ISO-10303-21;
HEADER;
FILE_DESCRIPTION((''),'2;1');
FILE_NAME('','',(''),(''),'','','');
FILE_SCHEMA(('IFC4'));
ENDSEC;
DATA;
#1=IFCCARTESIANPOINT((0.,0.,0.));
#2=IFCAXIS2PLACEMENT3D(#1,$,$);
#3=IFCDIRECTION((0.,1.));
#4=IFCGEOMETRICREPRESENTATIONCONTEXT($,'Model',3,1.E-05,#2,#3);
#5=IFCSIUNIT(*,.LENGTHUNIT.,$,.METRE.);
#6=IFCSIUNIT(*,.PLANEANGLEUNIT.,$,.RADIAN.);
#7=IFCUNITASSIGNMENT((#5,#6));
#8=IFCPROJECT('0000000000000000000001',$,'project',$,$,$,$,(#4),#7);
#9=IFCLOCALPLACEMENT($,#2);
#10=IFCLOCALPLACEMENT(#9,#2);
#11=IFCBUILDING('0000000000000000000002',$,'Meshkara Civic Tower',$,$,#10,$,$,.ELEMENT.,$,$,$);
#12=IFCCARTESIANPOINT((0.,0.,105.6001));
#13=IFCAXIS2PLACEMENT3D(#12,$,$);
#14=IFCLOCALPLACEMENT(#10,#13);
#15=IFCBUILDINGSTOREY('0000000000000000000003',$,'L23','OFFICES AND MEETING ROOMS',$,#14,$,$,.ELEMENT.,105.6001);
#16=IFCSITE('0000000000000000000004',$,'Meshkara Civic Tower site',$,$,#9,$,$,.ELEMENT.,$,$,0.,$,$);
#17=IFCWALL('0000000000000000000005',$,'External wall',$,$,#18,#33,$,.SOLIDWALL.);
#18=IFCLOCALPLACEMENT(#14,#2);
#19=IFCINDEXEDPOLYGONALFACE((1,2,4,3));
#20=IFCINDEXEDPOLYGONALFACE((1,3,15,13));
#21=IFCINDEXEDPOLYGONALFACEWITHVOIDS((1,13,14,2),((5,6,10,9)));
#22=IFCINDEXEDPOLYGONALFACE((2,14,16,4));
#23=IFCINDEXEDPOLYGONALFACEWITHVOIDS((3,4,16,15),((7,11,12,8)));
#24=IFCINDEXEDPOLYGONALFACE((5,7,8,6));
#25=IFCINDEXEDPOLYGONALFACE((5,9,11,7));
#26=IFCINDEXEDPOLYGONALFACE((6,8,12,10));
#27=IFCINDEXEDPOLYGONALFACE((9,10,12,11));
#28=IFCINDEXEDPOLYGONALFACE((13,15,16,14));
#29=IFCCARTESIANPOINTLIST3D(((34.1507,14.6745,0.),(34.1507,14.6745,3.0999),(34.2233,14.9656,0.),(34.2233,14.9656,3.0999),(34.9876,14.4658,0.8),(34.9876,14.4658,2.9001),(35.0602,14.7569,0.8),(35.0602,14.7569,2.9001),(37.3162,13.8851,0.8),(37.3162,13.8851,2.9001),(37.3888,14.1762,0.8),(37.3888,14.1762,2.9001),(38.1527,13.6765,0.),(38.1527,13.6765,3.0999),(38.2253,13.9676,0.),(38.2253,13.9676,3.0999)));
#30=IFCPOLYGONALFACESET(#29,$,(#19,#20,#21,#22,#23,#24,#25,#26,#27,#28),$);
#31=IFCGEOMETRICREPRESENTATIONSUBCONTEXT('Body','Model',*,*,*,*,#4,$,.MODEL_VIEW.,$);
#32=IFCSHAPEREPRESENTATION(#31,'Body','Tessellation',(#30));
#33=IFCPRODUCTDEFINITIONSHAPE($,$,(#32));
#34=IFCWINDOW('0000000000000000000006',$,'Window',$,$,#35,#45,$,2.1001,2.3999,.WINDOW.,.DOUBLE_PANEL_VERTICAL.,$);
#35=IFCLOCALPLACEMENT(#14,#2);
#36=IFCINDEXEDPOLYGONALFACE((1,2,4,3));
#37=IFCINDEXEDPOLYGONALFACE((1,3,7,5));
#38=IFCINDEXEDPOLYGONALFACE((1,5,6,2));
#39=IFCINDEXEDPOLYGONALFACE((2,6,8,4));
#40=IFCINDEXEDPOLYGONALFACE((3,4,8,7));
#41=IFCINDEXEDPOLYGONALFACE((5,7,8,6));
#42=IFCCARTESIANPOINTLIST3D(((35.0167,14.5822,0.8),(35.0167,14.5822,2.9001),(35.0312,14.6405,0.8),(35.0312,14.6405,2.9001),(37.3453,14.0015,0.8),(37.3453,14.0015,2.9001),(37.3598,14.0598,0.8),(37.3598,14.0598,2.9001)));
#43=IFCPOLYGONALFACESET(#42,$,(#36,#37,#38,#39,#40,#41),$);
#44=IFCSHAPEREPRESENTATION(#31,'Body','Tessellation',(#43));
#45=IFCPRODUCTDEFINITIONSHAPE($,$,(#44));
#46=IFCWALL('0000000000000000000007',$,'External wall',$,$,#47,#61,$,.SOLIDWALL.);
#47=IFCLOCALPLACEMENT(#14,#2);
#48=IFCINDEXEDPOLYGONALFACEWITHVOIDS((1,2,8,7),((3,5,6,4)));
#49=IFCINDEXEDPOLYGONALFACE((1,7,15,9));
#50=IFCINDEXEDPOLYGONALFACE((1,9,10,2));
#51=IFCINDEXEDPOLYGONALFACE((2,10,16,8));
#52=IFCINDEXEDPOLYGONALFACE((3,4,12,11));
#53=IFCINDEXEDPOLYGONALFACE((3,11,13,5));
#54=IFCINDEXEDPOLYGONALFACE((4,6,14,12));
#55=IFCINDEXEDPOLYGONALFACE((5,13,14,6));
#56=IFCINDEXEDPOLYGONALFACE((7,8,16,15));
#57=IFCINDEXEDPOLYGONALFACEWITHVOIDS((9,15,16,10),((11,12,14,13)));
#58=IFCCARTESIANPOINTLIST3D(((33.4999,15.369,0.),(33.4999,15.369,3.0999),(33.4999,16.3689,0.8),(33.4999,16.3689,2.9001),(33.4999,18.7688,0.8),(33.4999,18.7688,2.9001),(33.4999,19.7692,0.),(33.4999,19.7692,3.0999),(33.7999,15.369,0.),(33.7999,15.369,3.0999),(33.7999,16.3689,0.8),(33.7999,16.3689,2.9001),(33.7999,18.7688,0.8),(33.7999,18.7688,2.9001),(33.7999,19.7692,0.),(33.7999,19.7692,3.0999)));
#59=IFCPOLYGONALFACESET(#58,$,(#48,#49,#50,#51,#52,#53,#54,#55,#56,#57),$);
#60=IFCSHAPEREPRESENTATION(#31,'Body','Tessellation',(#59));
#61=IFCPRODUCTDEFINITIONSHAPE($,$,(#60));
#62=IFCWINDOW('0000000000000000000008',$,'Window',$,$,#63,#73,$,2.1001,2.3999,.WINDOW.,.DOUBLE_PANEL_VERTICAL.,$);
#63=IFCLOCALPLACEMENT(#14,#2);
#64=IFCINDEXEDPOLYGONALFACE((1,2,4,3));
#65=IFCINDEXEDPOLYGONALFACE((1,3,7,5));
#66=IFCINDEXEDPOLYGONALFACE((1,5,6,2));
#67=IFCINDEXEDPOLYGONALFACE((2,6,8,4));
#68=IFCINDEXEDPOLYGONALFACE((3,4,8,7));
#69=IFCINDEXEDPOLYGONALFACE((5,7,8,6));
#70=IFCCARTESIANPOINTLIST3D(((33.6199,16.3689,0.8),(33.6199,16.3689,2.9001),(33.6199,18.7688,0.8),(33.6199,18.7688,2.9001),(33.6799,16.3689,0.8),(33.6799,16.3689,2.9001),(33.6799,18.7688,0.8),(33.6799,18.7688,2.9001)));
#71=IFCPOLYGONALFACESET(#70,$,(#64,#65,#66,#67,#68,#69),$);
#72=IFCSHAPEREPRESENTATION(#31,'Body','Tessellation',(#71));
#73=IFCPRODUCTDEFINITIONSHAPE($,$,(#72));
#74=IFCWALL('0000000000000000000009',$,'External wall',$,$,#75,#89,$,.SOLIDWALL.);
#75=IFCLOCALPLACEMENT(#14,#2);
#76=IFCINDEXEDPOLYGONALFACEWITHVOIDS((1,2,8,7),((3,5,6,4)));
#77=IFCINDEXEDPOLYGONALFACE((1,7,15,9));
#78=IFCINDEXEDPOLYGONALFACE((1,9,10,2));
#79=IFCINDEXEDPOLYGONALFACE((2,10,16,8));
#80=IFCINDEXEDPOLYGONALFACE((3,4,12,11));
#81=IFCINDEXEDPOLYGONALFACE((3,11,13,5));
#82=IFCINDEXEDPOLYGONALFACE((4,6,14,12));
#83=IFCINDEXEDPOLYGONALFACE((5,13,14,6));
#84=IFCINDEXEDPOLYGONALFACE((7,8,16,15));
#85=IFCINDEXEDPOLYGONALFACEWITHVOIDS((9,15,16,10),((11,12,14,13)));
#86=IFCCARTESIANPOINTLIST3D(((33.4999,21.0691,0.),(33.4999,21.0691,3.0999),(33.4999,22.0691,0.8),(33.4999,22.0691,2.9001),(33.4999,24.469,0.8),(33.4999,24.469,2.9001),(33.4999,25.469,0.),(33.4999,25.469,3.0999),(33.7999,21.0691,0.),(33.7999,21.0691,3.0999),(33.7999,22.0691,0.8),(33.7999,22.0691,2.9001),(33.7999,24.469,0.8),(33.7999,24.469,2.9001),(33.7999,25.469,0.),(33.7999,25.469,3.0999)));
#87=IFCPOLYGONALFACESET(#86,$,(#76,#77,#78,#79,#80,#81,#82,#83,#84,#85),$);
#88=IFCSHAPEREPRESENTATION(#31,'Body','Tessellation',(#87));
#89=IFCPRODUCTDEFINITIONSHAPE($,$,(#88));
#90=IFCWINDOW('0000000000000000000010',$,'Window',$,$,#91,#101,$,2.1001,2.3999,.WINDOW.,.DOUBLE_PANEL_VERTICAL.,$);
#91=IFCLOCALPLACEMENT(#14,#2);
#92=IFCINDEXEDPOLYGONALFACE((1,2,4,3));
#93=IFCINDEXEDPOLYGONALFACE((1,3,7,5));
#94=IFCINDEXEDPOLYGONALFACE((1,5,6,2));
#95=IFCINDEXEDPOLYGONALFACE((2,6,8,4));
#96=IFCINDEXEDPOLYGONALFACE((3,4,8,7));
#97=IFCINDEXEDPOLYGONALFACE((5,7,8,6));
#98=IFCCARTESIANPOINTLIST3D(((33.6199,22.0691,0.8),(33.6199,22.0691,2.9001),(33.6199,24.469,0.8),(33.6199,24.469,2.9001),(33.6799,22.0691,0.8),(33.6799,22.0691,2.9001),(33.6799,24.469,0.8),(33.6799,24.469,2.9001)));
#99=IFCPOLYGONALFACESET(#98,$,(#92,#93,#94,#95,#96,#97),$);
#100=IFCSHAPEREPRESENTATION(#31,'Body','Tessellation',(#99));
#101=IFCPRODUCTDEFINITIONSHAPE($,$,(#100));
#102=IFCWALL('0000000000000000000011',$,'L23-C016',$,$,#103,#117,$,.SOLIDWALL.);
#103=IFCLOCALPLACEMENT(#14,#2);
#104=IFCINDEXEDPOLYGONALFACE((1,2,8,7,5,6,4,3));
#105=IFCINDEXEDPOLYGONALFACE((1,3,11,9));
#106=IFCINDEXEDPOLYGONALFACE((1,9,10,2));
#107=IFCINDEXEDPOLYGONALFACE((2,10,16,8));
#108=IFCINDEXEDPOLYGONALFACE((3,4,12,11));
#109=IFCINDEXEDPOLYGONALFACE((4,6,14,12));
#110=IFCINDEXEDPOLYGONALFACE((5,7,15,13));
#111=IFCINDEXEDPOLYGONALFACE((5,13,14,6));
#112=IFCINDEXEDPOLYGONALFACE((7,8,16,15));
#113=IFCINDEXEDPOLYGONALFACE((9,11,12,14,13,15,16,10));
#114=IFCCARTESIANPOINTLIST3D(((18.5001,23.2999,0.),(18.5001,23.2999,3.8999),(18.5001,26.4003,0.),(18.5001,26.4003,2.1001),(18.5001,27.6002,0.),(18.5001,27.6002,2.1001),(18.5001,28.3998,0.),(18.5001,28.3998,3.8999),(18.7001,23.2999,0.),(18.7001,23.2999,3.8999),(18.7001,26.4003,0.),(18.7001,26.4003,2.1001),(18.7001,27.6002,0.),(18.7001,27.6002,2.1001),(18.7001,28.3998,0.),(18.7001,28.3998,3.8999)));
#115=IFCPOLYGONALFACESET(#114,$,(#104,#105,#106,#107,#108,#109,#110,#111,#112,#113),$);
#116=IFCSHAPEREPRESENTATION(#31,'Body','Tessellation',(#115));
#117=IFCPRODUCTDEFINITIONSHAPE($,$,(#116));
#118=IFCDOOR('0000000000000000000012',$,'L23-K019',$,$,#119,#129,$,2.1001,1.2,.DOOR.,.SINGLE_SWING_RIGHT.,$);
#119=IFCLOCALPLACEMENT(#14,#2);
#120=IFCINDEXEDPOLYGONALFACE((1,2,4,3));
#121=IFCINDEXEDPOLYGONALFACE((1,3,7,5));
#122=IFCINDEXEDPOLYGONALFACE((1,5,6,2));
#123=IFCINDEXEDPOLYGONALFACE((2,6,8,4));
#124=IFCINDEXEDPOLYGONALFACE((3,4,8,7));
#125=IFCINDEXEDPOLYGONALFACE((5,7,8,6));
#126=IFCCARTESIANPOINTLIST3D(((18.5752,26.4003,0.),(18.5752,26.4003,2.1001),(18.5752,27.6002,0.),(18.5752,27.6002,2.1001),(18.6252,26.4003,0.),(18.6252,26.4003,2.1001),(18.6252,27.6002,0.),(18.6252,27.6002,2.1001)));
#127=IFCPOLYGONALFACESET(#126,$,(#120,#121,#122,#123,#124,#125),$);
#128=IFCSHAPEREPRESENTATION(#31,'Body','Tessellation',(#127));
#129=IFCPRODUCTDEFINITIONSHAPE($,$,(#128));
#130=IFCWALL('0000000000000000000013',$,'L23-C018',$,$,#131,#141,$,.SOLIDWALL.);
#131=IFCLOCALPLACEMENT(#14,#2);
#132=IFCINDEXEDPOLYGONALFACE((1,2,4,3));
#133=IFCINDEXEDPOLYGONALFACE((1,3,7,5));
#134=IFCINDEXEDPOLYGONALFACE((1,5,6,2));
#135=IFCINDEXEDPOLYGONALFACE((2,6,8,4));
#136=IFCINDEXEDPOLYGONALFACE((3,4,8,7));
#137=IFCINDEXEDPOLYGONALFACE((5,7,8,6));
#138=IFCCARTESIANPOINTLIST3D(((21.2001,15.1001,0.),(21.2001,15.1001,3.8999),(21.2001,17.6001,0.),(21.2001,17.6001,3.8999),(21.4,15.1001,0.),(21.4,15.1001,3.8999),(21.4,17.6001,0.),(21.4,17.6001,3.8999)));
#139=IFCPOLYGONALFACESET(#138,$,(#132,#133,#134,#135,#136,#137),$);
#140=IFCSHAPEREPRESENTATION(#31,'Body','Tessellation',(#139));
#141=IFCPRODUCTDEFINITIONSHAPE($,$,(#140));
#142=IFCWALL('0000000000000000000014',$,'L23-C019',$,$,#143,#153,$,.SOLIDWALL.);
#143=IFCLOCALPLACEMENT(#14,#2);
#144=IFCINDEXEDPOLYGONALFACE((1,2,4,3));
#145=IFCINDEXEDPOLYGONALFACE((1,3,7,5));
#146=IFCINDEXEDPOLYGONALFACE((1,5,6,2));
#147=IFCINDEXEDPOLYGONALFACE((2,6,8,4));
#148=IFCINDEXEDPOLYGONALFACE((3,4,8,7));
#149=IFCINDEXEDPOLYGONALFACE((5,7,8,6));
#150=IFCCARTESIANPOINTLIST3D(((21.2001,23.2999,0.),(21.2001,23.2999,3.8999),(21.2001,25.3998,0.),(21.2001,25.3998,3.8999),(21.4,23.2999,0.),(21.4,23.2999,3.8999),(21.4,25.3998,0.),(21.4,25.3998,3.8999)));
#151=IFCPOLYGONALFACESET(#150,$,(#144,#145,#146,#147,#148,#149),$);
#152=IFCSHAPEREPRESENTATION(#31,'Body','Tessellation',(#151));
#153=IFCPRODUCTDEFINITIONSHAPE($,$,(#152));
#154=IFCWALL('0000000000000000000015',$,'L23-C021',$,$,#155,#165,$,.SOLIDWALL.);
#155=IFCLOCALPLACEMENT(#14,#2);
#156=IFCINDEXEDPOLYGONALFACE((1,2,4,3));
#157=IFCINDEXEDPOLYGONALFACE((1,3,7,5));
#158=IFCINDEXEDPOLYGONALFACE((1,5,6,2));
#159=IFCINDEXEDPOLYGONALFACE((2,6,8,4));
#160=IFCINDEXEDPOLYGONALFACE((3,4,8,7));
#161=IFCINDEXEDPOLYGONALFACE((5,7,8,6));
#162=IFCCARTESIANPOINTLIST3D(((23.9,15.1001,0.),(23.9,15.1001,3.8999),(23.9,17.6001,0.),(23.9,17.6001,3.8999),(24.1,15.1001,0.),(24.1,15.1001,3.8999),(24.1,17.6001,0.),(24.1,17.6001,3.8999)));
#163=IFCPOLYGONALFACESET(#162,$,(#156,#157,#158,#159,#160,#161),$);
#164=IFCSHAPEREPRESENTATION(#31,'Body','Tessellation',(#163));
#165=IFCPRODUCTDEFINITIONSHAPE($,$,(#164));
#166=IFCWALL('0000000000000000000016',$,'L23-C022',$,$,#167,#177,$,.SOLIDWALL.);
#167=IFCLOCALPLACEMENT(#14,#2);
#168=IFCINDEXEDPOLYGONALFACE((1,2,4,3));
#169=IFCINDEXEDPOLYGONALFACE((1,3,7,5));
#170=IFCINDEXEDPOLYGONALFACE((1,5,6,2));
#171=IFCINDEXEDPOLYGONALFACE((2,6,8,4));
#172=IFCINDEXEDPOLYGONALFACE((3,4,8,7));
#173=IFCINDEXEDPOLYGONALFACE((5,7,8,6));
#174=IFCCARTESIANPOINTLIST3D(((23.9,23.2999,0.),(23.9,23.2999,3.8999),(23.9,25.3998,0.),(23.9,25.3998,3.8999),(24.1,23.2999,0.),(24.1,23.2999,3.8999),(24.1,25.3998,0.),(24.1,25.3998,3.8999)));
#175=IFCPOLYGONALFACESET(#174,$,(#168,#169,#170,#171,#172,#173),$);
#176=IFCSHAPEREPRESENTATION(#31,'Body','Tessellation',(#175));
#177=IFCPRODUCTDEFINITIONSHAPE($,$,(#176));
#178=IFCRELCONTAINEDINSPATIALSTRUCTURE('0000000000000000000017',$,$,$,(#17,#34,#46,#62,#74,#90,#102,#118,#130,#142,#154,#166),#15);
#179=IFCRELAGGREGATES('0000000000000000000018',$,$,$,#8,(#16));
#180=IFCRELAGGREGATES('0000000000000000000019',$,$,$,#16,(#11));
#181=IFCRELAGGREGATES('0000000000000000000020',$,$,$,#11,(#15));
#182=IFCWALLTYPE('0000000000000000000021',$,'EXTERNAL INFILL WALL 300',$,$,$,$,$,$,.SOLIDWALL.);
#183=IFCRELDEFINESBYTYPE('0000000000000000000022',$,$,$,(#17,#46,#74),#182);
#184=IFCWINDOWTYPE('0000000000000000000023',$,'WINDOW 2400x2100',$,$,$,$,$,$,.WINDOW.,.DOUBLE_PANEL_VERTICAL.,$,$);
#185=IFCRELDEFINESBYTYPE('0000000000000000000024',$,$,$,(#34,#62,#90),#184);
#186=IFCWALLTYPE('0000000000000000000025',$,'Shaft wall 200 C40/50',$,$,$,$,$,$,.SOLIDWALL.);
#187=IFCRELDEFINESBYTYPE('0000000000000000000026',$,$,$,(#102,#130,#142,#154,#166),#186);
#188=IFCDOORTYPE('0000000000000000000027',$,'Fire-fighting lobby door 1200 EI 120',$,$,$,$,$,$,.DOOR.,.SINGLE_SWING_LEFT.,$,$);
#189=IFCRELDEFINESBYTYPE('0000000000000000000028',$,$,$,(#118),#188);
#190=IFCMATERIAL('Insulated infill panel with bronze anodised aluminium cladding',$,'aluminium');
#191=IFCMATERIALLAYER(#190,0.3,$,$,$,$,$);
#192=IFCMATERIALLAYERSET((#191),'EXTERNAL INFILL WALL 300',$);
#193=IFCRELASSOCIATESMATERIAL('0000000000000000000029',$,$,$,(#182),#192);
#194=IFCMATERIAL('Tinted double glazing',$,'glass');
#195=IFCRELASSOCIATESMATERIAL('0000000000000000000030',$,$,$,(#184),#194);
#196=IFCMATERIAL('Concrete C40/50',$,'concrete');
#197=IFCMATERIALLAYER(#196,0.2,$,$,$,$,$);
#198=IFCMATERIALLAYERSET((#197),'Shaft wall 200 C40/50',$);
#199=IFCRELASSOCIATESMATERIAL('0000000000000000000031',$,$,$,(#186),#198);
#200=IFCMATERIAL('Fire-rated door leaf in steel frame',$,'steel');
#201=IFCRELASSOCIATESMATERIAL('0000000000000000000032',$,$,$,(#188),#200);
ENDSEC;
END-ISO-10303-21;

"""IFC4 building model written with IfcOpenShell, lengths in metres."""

from ifc_helpers import new_model, si_unit, direction, frame, frame_2d, origin, place, context, subcontext, project, spatial, rectangle, extrude, material, layer, layer_set, type_object, element, fill, save


model = new_model("IFC4")

# Units and contexts
model_context = context("Model", 3, precision=1e-05, world=origin(), true_north=direction((0.0, 1.0)))
body_context = subcontext(model_context, "Body", "Model", "MODEL_VIEW")
ifc_project = project(units=[si_unit("LENGTHUNIT", "METRE"), si_unit("PLANEANGLEUNIT", "RADIAN")], contexts=[model_context])

# Site, building, storey
site_placement = place(None, origin())
site = spatial("IfcSite", under=ifc_project, at=site_placement, Name="Meshkara Civic Tower site", CompositionType="ELEMENT", RefElevation=0.0)
building_placement = place(site_placement, origin())
building = spatial("IfcBuilding", under=site, at=building_placement, Name="Meshkara Civic Tower", CompositionType="ELEMENT")
storey_placement = place(building_placement, frame((0.0, 0.0, 105.6001)))
storey = spatial("IfcBuildingStorey", under=building, at=storey_placement, Name="L23", Description="OFFICES AND MEETING ROOMS", CompositionType="ELEMENT", Elevation=105.6001)

# Walls, openings, windows
ifc_material_1 = material(Name="Insulated infill panel with bronze anodised aluminium cladding", Category="aluminium")
ifc_layer_1 = layer(ifc_material_1, 0.3)
ifc_layer_set_1 = layer_set([ifc_layer_1], Name="EXTERNAL INFILL WALL 300")
wall_type_1 = type_object("IfcWallType", Name="EXTERNAL INFILL WALL 300", PredefinedType="SOLIDWALL", material=ifc_layer_set_1)
wall_1_placement = place(storey_placement, frame((38.189, 13.822, 0.0), z_axis=(0.0, 0.0, 1.0), x_axis=(-0.970282, 0.241978, 0.0)))
wall_1 = element("IfcWall", 1, at=wall_1_placement, inside=storey, type_object=wall_type_1, Name="External wall", PredefinedType="SOLIDWALL", context=body_context, shape_type="SweptSolid", body=[
    extrude(rectangle(XDim=4.1245, YDim=0.3, at=frame_2d((2.0623, 0.0))), origin(), (0.0, 0.0, 1.0), 3.0999),
])
opening_1_placement = place(wall_1_placement, frame((0.8621, 0.0, 0.8)))
opening_1 = element("IfcOpeningElement", 2, at=opening_1_placement, cuts=wall_1, PredefinedType="OPENING", context=body_context, shape_type="SweptSolid", body=[
    extrude(rectangle(XDim=2.3999, YDim=2.1001, at=frame_2d((1.2, 1.05))), frame((0.0, 0.1599, 0.0), z_axis=(0.0, -1.0, 0.0), x_axis=(1.0, 0.0, 0.0)), (0.0, 0.0, 1.0), 0.3201),
])
ifc_material_2 = material(Name="Tinted double glazing", Category="glass")
window_type = type_object("IfcWindowType", Name="WINDOW 2400x2100", PartitioningType="DOUBLE_PANEL_VERTICAL", PredefinedType="WINDOW", material=ifc_material_2)
window_1_placement = place(opening_1_placement, origin())
window_1 = element("IfcWindow", 3, at=window_1_placement, inside=storey, type_object=window_type, Name="Window", OverallHeight=2.1001, OverallWidth=2.3999, PartitioningType="DOUBLE_PANEL_VERTICAL", PredefinedType="WINDOW", context=body_context, shape_type="SweptSolid", body=[
    extrude(rectangle(XDim=2.3999, YDim=2.1001, at=frame_2d((1.2, 1.05))), frame((0.0, 0.03, 0.0), z_axis=(0.0, -1.0, 0.0), x_axis=(1.0, 0.0, 0.0)), (0.0, 0.0, 1.0), 0.0601),
])
fill(opening_1, window_1)
wall_2_placement = place(storey_placement, frame((33.6499, 15.3689, 0.0), z_axis=(0.0, 0.0, 1.0), x_axis=(0.0, 1.0, 0.0)))
wall_2 = element("IfcWall", 4, at=wall_2_placement, inside=storey, type_object=wall_type_1, Name="External wall", PredefinedType="SOLIDWALL", context=body_context, shape_type="SweptSolid", body=[
    extrude(rectangle(XDim=4.4001, YDim=0.3, at=frame_2d((2.2002, 0.0))), origin(), (0.0, 0.0, 1.0), 3.0999),
])
opening_2_placement = place(wall_2_placement, frame((1.0, 0.0, 0.8)))
opening_2 = element("IfcOpeningElement", 5, at=opening_2_placement, cuts=wall_2, PredefinedType="OPENING", context=body_context, shape_type="SweptSolid", body=[
    extrude(rectangle(XDim=2.3999, YDim=2.1001, at=frame_2d((1.2, 1.05))), frame((0.0, 0.1599, 0.0), z_axis=(0.0, -1.0, 0.0), x_axis=(1.0, 0.0, 0.0)), (0.0, 0.0, 1.0), 0.3201),
])
window_2_placement = place(opening_2_placement, origin())
window_2 = element("IfcWindow", 6, at=window_2_placement, inside=storey, type_object=window_type, Name="Window", OverallHeight=2.1001, OverallWidth=2.3999, PartitioningType="DOUBLE_PANEL_VERTICAL", PredefinedType="WINDOW", context=body_context, shape_type="SweptSolid", body=[
    extrude(rectangle(XDim=2.3999, YDim=2.1001, at=frame_2d((1.2, 1.05))), frame((0.0, 0.03, 0.0), z_axis=(0.0, -1.0, 0.0), x_axis=(1.0, 0.0, 0.0)), (0.0, 0.0, 1.0), 0.0601),
])
fill(opening_2, window_2)
wall_3_placement = place(storey_placement, frame((33.6499, 21.0691, 0.0), z_axis=(0.0, 0.0, 1.0), x_axis=(0.0, 1.0, 0.0)))
wall_3 = element("IfcWall", 7, at=wall_3_placement, inside=storey, type_object=wall_type_1, Name="External wall", PredefinedType="SOLIDWALL", context=body_context, shape_type="SweptSolid", body=[
    extrude(rectangle(XDim=4.3999, YDim=0.3, at=frame_2d((2.2, 0.0))), origin(), (0.0, 0.0, 1.0), 3.0999),
])
opening_3_placement = place(wall_3_placement, frame((1.0, 0.0, 0.8)))
opening_3 = element("IfcOpeningElement", 8, at=opening_3_placement, cuts=wall_3, PredefinedType="OPENING", context=body_context, shape_type="SweptSolid", body=[
    extrude(rectangle(XDim=2.3999, YDim=2.1001, at=frame_2d((1.2, 1.05))), frame((0.0, 0.1599, 0.0), z_axis=(0.0, -1.0, 0.0), x_axis=(1.0, 0.0, 0.0)), (0.0, 0.0, 1.0), 0.3201),
])
window_3_placement = place(opening_3_placement, origin())
window_3 = element("IfcWindow", 9, at=window_3_placement, inside=storey, type_object=window_type, Name="Window", OverallHeight=2.1001, OverallWidth=2.3999, PartitioningType="DOUBLE_PANEL_VERTICAL", PredefinedType="WINDOW", context=body_context, shape_type="SweptSolid", body=[
    extrude(rectangle(XDim=2.3999, YDim=2.1001, at=frame_2d((1.2, 1.05))), frame((0.0, 0.03, 0.0), z_axis=(0.0, -1.0, 0.0), x_axis=(1.0, 0.0, 0.0)), (0.0, 0.0, 1.0), 0.0601),
])
fill(opening_3, window_3)

# Wall, opening, door
ifc_material_3 = material(Name="Concrete C40/50", Category="concrete")
ifc_layer_2 = layer(ifc_material_3, 0.2)
ifc_layer_set_2 = layer_set([ifc_layer_2], Name="Shaft wall 200 C40/50")
wall_type_2 = type_object("IfcWallType", Name="Shaft wall 200 C40/50", PredefinedType="SOLIDWALL", material=ifc_layer_set_2)
wall_4_placement = place(storey_placement, frame((18.6001, 23.3, 0.0), z_axis=(0.0, 0.0, 1.0), x_axis=(0.0, 1.0, 0.0)))
wall_4 = element("IfcWall", 10, at=wall_4_placement, inside=storey, type_object=wall_type_2, Name="L23-C016", PredefinedType="SOLIDWALL", context=body_context, shape_type="SweptSolid", body=[
    extrude(rectangle(XDim=5.0999, YDim=0.2, at=frame_2d((2.5498, 0.0))), origin(), (0.0, 0.0, 1.0), 3.8999),
])
opening_4_placement = place(wall_4_placement, frame((3.1001, 0.0, 0.0)))
opening_4 = element("IfcOpeningElement", 11, at=opening_4_placement, cuts=wall_4, PredefinedType="OPENING", context=body_context, shape_type="SweptSolid", body=[
    extrude(rectangle(XDim=1.2, YDim=2.1001, at=frame_2d((0.6001, 1.05))), frame((0.0, 0.1099, 0.0), z_axis=(0.0, -1.0, 0.0), x_axis=(1.0, 0.0, 0.0)), (0.0, 0.0, 1.0), 0.22),
])
ifc_material_4 = material(Name="Fire-rated door leaf in steel frame", Category="steel")
door_type_1 = type_object("IfcDoorType", Name="Fire-fighting lobby door 1200 EI 120", OperationType="SINGLE_SWING_LEFT", PredefinedType="DOOR", material=ifc_material_4)
door_1_placement = place(opening_4_placement, origin())
door_1 = element("IfcDoor", 12, at=door_1_placement, inside=storey, type_object=door_type_1, Name="L23-K019", OperationType="SINGLE_SWING_RIGHT", OverallHeight=2.1001, OverallWidth=1.2, PredefinedType="DOOR", context=body_context, shape_type="SweptSolid", body=[
    extrude(rectangle(XDim=1.2, YDim=2.1001, at=frame_2d((0.6001, 1.05))), frame((0.0, 0.0249, 0.0), z_axis=(0.0, -1.0, 0.0), x_axis=(1.0, 0.0, 0.0)), (0.0, 0.0, 1.0), 0.05),
])
fill(opening_4, door_1)

# Walls
wall_5_placement = place(storey_placement, frame((21.3, 15.1001, 0.0), z_axis=(0.0, 0.0, 1.0), x_axis=(0.0, 1.0, 0.0)))
element("IfcWall", 13, at=wall_5_placement, inside=storey, type_object=wall_type_2, Name="L23-C018", PredefinedType="SOLIDWALL", context=body_context, shape_type="SweptSolid", body=[
    extrude(rectangle(XDim=2.5, YDim=0.2, at=frame_2d((1.25, 0.0))), origin(), (0.0, 0.0, 1.0), 3.8999),
])
wall_6_placement = place(storey_placement, frame((21.3, 23.3, 0.0), z_axis=(0.0, 0.0, 1.0), x_axis=(0.0, 1.0, 0.0)))
element("IfcWall", 14, at=wall_6_placement, inside=storey, type_object=wall_type_2, Name="L23-C019", PredefinedType="SOLIDWALL", context=body_context, shape_type="SweptSolid", body=[
    extrude(rectangle(XDim=2.0999, YDim=0.2, at=frame_2d((1.0498, 0.0))), origin(), (0.0, 0.0, 1.0), 3.8999),
])
wall_7_placement = place(storey_placement, frame((24.0, 15.1001, 0.0), z_axis=(0.0, 0.0, 1.0), x_axis=(0.0, 1.0, 0.0)))
element("IfcWall", 15, at=wall_7_placement, inside=storey, type_object=wall_type_2, Name="L23-C021", PredefinedType="SOLIDWALL", context=body_context, shape_type="SweptSolid", body=[
    extrude(rectangle(XDim=2.5, YDim=0.2, at=frame_2d((1.25, 0.0))), origin(), (0.0, 0.0, 1.0), 3.8999),
])
wall_8_placement = place(storey_placement, frame((24.0, 23.3, 0.0), z_axis=(0.0, 0.0, 1.0), x_axis=(0.0, 1.0, 0.0)))
element("IfcWall", 16, at=wall_8_placement, inside=storey, type_object=wall_type_2, Name="L23-C022", PredefinedType="SOLIDWALL", context=body_context, shape_type="SweptSolid", body=[
    extrude(rectangle(XDim=2.0999, YDim=0.2, at=frame_2d((1.0498, 0.0))), origin(), (0.0, 0.0, 1.0), 3.8999),
])

save(model, "model.ifc")
